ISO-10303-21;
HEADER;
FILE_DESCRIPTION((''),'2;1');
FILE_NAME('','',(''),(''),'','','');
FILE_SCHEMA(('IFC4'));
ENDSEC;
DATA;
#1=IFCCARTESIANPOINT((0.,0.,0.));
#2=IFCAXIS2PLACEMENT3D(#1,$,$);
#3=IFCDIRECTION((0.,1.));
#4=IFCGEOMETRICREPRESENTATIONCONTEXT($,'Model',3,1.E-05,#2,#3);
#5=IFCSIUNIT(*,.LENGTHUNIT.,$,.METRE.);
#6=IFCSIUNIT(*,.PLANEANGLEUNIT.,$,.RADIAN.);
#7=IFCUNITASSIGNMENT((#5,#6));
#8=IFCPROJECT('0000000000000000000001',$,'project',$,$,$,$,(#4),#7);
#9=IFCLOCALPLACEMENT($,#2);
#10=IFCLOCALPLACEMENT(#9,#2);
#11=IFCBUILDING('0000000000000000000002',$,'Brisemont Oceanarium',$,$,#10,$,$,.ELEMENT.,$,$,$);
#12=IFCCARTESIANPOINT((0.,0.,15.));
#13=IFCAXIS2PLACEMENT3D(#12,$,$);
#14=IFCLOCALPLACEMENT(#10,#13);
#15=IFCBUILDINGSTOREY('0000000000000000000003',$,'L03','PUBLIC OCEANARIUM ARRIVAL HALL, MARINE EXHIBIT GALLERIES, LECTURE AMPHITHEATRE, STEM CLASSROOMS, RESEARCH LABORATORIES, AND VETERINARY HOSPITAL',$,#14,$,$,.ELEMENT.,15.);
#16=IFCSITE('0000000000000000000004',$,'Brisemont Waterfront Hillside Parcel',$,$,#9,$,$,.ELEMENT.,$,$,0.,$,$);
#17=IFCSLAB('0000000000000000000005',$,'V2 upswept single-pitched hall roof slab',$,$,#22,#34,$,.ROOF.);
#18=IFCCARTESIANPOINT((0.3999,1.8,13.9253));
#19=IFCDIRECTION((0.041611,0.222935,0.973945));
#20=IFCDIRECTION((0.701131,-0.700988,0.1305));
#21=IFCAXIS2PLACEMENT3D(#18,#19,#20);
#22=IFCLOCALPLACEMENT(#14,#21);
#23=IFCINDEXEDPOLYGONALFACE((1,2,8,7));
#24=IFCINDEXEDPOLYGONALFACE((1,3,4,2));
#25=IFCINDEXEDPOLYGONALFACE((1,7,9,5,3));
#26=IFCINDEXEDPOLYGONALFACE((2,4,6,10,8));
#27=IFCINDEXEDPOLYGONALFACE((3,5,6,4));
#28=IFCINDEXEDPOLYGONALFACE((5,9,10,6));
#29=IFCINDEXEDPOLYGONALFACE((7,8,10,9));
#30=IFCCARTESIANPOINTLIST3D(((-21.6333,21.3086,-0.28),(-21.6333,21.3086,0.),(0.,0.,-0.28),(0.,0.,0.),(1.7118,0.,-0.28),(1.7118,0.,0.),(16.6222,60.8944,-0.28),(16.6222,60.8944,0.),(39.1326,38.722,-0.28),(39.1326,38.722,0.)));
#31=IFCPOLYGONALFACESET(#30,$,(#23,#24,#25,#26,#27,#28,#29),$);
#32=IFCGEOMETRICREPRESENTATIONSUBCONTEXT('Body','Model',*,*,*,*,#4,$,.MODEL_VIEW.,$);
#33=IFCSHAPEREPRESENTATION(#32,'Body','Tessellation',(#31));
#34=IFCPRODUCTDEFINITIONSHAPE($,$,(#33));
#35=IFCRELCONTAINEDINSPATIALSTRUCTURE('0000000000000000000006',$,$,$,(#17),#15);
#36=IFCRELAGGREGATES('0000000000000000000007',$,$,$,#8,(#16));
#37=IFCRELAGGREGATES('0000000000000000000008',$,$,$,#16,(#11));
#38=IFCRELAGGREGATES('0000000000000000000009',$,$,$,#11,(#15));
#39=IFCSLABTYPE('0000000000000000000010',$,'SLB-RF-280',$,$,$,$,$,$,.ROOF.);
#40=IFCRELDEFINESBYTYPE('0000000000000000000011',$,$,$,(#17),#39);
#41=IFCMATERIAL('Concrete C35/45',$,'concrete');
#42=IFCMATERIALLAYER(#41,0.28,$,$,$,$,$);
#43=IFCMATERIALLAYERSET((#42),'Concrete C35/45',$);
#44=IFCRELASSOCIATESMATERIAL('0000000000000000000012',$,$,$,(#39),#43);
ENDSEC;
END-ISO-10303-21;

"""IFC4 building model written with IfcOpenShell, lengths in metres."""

from ifc_helpers import new_model, si_unit, direction, frame, origin, place, context, subcontext, project, spatial, polyline, outline, extrude, material, layer, layer_set, type_object, element, save


model = new_model("IFC4")

# Units and contexts
model_context = context("Model", 3, precision=1e-05, world=origin(), true_north=direction((0.0, 1.0)))
body_context = subcontext(model_context, "Body", "Model", "MODEL_VIEW")
ifc_project = project(units=[si_unit("LENGTHUNIT", "METRE"), si_unit("PLANEANGLEUNIT", "RADIAN")], contexts=[model_context])

# Site, building, storey
site_placement = place(None, origin())
site = spatial("IfcSite", under=ifc_project, at=site_placement, Name="Brisemont Waterfront Hillside Parcel", CompositionType="ELEMENT", RefElevation=0.0)
building_placement = place(site_placement, origin())
building = spatial("IfcBuilding", under=site, at=building_placement, Name="Brisemont Oceanarium", CompositionType="ELEMENT")
storey_placement = place(building_placement, frame((0.0, 0.0, 15.0)))
storey = spatial("IfcBuildingStorey", under=building, at=storey_placement, Name="L03", Description="PUBLIC OCEANARIUM ARRIVAL HALL, MARINE EXHIBIT GALLERIES, LECTURE AMPHITHEATRE, STEM CLASSROOMS, RESEARCH LABORATORIES, AND VETERINARY HOSPITAL", CompositionType="ELEMENT", Elevation=15.0)

# Slab
ifc_material_1 = material(Name="Concrete C35/45", Category="concrete")
ifc_layer_1 = layer(ifc_material_1, 0.28)
ifc_layer_set_1 = layer_set([ifc_layer_1], Name="Concrete C35/45")
slab_type_1 = type_object("IfcSlabType", Name="SLB-RF-280", PredefinedType="ROOF", material=ifc_layer_set_1)
slab_1_placement = place(storey_placement, frame((0.3999, 1.8, 13.9253), z_axis=(0.041611, 0.222935, 0.973945), x_axis=(0.701131, -0.700988, 0.1305)))
element("IfcSlab", 1, at=slab_1_placement, inside=storey, type_object=slab_type_1, Name="V2 upswept single-pitched hall roof slab", PredefinedType="ROOF", context=body_context, shape_type="SweptSolid", body=[
    extrude(outline(polyline([(0.0, 0.0), (1.7118, 0.0), (39.1326, 38.722), (16.6222, 60.8944), (-21.6333, 21.3086), (0.0, 0.0)])), origin(), (0.0, 0.0, -1.0), 0.28),
])

save(model, "model.ifc")
